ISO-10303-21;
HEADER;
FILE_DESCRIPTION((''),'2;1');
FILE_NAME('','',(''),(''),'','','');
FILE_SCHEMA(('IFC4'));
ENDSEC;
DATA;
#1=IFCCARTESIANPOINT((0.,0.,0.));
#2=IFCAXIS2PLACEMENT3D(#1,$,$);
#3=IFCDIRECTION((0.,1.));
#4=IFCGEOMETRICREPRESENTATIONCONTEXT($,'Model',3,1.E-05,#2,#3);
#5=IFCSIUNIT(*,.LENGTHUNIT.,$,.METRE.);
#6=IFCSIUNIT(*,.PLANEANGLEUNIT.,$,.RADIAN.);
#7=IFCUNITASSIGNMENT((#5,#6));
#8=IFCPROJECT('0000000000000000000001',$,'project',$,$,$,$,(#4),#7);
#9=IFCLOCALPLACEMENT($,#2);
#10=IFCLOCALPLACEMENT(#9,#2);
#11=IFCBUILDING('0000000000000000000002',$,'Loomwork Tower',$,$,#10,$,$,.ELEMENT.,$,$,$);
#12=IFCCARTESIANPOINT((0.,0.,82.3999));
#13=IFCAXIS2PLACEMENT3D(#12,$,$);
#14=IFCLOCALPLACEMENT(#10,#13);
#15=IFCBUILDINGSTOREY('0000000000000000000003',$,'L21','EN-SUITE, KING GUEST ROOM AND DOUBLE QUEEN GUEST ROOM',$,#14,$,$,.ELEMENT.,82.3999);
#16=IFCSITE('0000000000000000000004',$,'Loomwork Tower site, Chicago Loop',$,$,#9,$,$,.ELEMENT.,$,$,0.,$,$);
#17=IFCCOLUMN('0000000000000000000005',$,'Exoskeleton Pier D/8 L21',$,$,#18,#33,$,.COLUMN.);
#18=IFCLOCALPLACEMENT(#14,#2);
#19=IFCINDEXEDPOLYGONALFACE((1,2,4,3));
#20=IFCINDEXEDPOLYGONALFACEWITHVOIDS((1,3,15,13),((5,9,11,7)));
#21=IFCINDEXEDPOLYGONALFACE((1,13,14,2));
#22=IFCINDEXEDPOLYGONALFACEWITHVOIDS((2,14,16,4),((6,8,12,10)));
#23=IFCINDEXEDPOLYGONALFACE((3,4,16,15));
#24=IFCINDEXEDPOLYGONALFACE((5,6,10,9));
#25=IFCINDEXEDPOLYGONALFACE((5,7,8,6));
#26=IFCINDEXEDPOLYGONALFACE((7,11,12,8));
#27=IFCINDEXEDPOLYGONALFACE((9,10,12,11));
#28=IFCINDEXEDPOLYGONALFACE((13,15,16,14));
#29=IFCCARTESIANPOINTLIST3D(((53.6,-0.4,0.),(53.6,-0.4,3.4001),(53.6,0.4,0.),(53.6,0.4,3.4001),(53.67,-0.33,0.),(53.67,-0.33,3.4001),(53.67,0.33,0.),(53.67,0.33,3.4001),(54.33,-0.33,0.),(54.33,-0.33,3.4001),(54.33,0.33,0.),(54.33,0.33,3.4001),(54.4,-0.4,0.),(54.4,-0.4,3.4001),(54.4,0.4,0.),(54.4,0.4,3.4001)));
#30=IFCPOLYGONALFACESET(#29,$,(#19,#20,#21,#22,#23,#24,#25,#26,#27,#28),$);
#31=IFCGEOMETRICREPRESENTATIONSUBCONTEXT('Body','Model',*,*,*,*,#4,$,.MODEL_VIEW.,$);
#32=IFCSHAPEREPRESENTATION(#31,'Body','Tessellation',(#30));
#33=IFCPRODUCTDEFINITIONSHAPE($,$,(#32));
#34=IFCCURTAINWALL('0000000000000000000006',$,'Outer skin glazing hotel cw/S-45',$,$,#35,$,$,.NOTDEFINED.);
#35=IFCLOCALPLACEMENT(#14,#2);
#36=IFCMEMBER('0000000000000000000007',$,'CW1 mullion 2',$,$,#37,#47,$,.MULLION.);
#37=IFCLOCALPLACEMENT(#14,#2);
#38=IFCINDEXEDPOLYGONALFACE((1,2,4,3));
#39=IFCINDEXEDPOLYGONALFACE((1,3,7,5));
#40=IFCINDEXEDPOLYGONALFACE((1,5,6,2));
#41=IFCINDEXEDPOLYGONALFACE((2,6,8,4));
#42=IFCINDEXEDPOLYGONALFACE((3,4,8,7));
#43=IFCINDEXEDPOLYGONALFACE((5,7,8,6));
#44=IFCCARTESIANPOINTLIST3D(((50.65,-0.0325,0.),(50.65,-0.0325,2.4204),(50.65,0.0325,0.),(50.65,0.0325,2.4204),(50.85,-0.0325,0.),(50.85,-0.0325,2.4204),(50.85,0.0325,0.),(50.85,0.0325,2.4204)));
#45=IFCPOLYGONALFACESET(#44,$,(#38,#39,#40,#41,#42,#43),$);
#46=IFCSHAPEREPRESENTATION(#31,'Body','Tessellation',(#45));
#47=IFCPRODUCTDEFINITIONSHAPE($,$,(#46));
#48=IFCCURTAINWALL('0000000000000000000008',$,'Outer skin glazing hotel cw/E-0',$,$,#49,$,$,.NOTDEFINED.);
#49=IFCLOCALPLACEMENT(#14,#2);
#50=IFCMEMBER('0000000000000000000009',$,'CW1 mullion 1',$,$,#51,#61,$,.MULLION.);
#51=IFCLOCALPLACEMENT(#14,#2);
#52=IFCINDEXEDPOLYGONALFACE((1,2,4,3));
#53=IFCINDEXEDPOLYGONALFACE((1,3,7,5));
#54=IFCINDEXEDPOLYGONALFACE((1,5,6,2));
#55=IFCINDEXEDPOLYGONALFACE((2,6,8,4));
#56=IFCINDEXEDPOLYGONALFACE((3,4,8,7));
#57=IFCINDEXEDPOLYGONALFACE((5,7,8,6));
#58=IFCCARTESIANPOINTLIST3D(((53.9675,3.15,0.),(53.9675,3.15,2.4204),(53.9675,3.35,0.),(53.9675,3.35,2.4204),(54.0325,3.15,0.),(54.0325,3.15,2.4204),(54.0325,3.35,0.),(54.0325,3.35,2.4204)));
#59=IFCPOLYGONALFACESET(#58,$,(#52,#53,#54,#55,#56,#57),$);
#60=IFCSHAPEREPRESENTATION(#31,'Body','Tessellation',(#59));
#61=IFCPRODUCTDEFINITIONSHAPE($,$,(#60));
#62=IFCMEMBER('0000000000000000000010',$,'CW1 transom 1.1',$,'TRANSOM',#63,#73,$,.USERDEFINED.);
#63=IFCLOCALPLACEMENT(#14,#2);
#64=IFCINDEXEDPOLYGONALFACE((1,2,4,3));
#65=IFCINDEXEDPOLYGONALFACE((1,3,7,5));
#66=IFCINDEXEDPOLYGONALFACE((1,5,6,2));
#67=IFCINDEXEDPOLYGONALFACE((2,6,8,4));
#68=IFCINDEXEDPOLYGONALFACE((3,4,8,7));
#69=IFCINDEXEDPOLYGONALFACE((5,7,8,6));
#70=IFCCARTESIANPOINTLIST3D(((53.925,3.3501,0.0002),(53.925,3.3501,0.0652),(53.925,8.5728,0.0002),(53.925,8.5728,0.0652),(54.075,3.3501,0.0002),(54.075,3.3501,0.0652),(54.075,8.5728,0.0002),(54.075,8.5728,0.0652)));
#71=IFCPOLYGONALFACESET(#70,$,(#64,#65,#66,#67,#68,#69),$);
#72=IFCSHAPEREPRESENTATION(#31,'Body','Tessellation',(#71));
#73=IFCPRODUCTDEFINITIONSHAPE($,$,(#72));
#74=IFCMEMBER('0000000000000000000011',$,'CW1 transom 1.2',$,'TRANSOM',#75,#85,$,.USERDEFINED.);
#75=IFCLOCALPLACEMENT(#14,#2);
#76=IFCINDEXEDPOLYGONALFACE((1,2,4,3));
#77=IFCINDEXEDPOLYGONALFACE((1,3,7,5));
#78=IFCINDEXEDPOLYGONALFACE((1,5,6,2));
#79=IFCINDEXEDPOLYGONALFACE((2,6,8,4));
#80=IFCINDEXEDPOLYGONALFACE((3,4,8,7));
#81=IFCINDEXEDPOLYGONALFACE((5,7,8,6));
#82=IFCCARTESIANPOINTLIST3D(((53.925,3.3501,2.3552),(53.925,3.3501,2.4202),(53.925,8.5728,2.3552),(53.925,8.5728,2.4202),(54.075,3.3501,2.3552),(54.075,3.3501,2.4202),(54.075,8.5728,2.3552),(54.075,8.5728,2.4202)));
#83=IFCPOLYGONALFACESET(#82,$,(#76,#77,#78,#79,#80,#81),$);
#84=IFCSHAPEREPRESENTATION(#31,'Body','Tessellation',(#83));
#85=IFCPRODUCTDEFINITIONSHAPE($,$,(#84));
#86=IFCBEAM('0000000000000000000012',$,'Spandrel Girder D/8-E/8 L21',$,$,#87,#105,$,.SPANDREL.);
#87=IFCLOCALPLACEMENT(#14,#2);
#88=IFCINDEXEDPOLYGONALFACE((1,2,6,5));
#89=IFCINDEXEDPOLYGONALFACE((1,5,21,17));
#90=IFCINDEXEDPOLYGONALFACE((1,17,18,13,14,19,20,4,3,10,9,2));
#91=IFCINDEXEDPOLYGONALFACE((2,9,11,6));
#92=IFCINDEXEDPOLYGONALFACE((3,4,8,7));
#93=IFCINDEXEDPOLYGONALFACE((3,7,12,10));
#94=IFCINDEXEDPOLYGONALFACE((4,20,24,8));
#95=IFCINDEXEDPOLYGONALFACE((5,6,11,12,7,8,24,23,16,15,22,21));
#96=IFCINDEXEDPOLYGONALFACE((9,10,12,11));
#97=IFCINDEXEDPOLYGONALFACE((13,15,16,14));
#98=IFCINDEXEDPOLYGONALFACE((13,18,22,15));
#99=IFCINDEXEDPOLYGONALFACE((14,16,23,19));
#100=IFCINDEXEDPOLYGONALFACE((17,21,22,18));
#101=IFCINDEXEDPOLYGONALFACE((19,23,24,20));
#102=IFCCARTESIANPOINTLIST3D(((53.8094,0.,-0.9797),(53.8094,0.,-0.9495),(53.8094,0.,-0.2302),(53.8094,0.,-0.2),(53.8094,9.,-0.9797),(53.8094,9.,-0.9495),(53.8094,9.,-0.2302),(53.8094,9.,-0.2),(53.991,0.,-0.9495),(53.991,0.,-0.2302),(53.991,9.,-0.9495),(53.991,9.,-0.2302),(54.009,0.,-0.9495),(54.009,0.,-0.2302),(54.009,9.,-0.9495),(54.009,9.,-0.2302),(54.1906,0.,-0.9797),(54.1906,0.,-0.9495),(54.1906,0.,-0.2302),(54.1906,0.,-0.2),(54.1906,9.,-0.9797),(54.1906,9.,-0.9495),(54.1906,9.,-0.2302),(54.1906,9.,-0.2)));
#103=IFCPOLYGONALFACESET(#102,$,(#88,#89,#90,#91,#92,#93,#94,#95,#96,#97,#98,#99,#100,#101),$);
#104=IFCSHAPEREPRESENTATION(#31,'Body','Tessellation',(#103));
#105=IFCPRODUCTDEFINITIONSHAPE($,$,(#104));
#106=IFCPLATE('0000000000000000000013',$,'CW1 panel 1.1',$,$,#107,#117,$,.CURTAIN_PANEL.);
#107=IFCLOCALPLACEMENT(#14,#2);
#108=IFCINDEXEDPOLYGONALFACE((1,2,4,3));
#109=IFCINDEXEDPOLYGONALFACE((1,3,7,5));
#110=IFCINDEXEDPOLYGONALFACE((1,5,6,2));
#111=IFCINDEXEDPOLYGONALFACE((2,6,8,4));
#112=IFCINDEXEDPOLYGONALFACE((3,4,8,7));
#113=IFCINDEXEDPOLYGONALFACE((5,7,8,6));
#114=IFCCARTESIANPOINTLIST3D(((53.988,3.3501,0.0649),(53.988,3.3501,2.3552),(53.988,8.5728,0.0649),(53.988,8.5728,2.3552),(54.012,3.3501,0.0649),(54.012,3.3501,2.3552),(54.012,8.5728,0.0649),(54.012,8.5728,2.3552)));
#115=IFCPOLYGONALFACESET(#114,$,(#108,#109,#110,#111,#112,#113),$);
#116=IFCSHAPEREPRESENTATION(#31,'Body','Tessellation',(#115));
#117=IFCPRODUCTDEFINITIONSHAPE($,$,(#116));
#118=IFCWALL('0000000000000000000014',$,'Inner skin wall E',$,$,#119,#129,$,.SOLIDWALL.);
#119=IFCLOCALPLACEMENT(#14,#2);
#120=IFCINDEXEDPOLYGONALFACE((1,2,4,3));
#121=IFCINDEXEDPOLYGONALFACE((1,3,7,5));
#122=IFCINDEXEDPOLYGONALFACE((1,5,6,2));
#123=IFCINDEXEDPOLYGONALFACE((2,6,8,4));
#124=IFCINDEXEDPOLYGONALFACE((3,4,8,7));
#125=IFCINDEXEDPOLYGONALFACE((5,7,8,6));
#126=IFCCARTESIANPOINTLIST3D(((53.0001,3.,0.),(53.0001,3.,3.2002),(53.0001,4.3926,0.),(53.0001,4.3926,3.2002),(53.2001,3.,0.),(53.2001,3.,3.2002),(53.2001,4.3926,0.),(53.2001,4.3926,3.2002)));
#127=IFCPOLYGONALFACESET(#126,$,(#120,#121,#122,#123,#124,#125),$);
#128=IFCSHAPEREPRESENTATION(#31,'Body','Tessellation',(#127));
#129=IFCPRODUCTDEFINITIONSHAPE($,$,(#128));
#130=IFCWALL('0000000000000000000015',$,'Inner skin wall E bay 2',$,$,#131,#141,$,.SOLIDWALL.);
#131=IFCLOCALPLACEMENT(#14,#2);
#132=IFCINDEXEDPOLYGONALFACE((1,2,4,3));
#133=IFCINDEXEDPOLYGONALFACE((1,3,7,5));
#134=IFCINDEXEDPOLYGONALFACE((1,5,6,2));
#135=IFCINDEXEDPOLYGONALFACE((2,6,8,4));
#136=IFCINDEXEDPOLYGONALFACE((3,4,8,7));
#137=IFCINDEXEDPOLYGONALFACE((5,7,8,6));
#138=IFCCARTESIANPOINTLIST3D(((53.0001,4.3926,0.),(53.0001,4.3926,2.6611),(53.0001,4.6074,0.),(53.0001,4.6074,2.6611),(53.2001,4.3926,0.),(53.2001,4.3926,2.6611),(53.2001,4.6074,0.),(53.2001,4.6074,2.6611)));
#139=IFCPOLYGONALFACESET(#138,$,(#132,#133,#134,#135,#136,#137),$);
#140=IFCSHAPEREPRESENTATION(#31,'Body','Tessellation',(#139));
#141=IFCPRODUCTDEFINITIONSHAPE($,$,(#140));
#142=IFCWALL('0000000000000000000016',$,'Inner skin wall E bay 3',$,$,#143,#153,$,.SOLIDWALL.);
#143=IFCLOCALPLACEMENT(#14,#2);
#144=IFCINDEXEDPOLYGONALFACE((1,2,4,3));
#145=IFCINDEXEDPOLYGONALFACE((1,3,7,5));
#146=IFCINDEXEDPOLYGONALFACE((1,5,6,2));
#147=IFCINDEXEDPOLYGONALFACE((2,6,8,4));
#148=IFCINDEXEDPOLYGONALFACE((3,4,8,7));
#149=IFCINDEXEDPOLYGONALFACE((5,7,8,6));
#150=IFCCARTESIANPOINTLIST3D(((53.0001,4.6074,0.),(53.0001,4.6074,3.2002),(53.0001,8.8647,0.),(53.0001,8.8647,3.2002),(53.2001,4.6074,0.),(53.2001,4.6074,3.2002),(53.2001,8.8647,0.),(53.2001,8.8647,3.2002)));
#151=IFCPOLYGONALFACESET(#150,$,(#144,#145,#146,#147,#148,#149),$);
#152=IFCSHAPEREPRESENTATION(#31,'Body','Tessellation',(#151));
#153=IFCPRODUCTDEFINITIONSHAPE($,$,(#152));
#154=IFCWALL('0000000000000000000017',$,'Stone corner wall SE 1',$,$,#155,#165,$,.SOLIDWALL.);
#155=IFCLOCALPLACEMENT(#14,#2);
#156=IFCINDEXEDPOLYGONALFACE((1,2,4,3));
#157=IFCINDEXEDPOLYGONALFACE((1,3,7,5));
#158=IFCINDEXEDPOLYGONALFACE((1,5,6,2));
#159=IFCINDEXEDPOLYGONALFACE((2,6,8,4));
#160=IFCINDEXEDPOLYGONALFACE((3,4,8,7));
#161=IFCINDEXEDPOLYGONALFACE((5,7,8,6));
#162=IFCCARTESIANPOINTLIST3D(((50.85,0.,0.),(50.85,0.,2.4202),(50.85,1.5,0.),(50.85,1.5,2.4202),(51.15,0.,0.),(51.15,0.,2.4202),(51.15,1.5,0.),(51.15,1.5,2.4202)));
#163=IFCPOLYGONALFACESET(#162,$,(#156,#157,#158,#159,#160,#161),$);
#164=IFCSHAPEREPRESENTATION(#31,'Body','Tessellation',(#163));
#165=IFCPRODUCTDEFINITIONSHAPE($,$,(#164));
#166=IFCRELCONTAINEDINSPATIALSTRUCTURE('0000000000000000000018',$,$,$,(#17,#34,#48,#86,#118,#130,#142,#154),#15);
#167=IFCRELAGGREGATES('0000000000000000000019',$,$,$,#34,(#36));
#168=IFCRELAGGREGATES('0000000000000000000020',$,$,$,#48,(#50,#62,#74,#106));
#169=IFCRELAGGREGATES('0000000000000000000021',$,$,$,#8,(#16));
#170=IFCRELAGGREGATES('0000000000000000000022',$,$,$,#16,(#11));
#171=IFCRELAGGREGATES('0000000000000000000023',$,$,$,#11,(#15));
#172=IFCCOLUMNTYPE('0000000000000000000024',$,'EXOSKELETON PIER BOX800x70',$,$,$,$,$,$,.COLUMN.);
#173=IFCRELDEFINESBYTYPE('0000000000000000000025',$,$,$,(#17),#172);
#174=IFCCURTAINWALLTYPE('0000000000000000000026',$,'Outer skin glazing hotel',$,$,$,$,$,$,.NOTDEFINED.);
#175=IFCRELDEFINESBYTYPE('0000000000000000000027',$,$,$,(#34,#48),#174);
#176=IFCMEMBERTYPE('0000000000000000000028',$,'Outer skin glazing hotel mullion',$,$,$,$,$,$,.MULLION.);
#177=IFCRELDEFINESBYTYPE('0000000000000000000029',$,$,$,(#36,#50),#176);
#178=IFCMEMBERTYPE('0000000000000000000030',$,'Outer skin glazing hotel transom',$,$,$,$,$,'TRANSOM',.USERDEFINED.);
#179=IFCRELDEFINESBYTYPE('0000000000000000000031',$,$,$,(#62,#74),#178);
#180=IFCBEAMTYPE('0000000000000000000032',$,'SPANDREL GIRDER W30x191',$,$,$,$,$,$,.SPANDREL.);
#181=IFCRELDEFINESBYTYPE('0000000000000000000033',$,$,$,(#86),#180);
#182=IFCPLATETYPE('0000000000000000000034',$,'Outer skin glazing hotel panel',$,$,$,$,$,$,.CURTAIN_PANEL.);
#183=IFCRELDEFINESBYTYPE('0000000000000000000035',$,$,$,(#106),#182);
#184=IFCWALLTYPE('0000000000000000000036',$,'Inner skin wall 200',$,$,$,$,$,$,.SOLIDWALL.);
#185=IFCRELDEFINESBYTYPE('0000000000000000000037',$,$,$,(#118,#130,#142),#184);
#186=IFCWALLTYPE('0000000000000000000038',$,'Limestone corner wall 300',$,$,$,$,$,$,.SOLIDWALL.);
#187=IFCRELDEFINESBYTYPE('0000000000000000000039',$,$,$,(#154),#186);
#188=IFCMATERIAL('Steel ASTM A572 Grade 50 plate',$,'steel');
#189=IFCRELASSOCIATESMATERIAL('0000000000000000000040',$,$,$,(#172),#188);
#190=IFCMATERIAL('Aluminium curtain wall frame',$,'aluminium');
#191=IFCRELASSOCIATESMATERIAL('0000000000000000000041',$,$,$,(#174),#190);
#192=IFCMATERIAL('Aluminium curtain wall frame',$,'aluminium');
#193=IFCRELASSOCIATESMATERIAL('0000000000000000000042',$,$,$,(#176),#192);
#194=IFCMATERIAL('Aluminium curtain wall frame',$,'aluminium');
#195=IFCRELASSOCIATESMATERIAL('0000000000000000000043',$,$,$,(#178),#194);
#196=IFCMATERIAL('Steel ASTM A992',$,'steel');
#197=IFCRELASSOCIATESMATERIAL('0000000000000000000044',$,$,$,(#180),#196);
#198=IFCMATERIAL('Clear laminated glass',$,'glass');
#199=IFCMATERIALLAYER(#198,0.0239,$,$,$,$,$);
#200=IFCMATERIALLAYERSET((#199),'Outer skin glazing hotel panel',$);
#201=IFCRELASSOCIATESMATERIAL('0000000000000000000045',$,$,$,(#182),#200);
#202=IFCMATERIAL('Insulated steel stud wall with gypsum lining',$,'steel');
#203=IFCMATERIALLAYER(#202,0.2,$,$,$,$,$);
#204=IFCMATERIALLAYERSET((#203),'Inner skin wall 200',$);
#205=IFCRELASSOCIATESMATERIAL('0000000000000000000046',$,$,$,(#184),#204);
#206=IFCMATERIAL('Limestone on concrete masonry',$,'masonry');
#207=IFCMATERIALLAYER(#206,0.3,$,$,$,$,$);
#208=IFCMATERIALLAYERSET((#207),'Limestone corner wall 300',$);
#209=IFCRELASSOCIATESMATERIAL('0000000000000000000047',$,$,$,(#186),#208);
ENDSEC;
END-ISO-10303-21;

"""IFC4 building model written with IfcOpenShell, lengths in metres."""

from ifc_helpers import new_model, si_unit, direction, frame, frame_2d, origin, origin_2d, place, context, subcontext, project, spatial, rectangle, hollow_rectangle, i_section, extrude, material, layer, layer_set, material_profile, profile_set, type_object, element, aggregate, save


model = new_model("IFC4")

# Units and contexts
model_context = context("Model", 3, precision=1e-05, world=origin(), true_north=direction((0.0, 1.0)))
body_context = subcontext(model_context, "Body", "Model", "MODEL_VIEW")
ifc_project = project(units=[si_unit("LENGTHUNIT", "METRE"), si_unit("PLANEANGLEUNIT", "RADIAN")], contexts=[model_context])

# Site, building, storey
site_placement = place(None, origin())
site = spatial("IfcSite", under=ifc_project, at=site_placement, Name="Loomwork Tower site, Chicago Loop", CompositionType="ELEMENT", RefElevation=0.0)
building_placement = place(site_placement, origin())
building = spatial("IfcBuilding", under=site, at=building_placement, Name="Loomwork Tower", CompositionType="ELEMENT")
storey_placement = place(building_placement, frame((0.0, 0.0, 82.3999)))
storey = spatial("IfcBuildingStorey", under=building, at=storey_placement, Name="L21", Description="EN-SUITE, KING GUEST ROOM AND DOUBLE QUEEN GUEST ROOM", CompositionType="ELEMENT", Elevation=82.3999)

# Column
ifc_material_1 = material(Name="Steel ASTM A572 Grade 50 plate", Category="steel")
ifc_material_profile_1 = material_profile(ifc_material_1, hollow_rectangle(XDim=0.8, YDim=0.8, WallThickness=0.0701, at=origin_2d()), Name="BOX800x70")
ifc_profile_set_1 = profile_set([ifc_material_profile_1], Name="Steel ASTM A572 Grade 50 plate")
column_type = type_object("IfcColumnType", Name="EXOSKELETON PIER BOX800x70", PredefinedType="COLUMN", material=ifc_profile_set_1)
column_placement = place(storey_placement, frame((54.0, 0.0, 0.0), z_axis=(0.0, 0.0, 1.0), x_axis=(1.0, 0.0, 0.0)))
element("IfcColumn", 1, at=column_placement, inside=storey, type_object=column_type, Name="Exoskeleton Pier D/8 L21", PredefinedType="COLUMN", context=body_context, shape_type="SweptSolid", body=[
    extrude(hollow_rectangle(XDim=0.8, YDim=0.8, WallThickness=0.0701, at=origin_2d()), origin(), (0.0, 0.0, 1.0), 3.4001),
])

# Curtain wall, member
ifc_material_2 = material(Name="Aluminium curtain wall frame", Category="aluminium")
curtain_wall_type = type_object("IfcCurtainWallType", Name="Outer skin glazing hotel", PredefinedType="NOTDEFINED", material=ifc_material_2)
curtain_wall_1_placement = place(storey_placement, origin())
curtain_wall_1 = element("IfcCurtainWall", 2, at=curtain_wall_1_placement, inside=storey, type_object=curtain_wall_type, Name="Outer skin glazing hotel cw/S-45", PredefinedType="NOTDEFINED")
ifc_material_3 = material(Name="Aluminium curtain wall frame", Category="aluminium")
ifc_material_profile_2 = material_profile(ifc_material_3, rectangle(XDim=0.0649, YDim=0.2, at=origin_2d()), Name="AL 65x200")
ifc_profile_set_2 = profile_set([ifc_material_profile_2], Name="Aluminium curtain wall frame")
member_type_1 = type_object("IfcMemberType", Name="Outer skin glazing hotel mullion", PredefinedType="MULLION", material=ifc_profile_set_2)
member_1_placement = place(storey_placement, frame((50.75, 0.0, 0.0), z_axis=(0.0, 0.0, 1.0), x_axis=(0.0, 1.0, 0.0)))
member_1 = element("IfcMember", 3, at=member_1_placement, type_object=member_type_1, Name="CW1 mullion 2", PredefinedType="MULLION", context=body_context, shape_type="SweptSolid", body=[
    extrude(rectangle(XDim=0.0649, YDim=0.2, at=origin_2d()), origin(), (0.0, 0.0, 1.0), 2.4204),
])
aggregate(curtain_wall_1, [member_1])

# Curtain wall, members
curtain_wall_2_placement = place(storey_placement, origin())
curtain_wall_2 = element("IfcCurtainWall", 4, at=curtain_wall_2_placement, inside=storey, type_object=curtain_wall_type, Name="Outer skin glazing hotel cw/E-0", PredefinedType="NOTDEFINED")
member_2_placement = place(storey_placement, frame((54.0, 3.25, 0.0), z_axis=(0.0, 0.0, 1.0), x_axis=(-1.0, 0.0, 0.0)))
member_2 = element("IfcMember", 5, at=member_2_placement, type_object=member_type_1, Name="CW1 mullion 1", PredefinedType="MULLION", context=body_context, shape_type="SweptSolid", body=[
    extrude(rectangle(XDim=0.0649, YDim=0.2, at=origin_2d()), origin(), (0.0, 0.0, 1.0), 2.4204),
])
ifc_material_4 = material(Name="Aluminium curtain wall frame", Category="aluminium")
ifc_material_profile_3 = material_profile(ifc_material_4, rectangle(XDim=0.1499, YDim=0.0649, at=origin_2d()), Name="AL 65x150")
ifc_profile_set_3 = profile_set([ifc_material_profile_3], Name="Aluminium curtain wall frame")
member_type_2 = type_object("IfcMemberType", Name="Outer skin glazing hotel transom", ElementType="TRANSOM", PredefinedType="USERDEFINED", material=ifc_profile_set_3)
member_3_placement = place(storey_placement, frame((54.0, 3.3501, 0.0327), z_axis=(0.0, 1.0, 0.0), x_axis=(-1.0, 0.0, 0.0)))
member_3 = element("IfcMember", 6, at=member_3_placement, type_object=member_type_2, Name="CW1 transom 1.1", ObjectType="TRANSOM", PredefinedType="USERDEFINED", context=body_context, shape_type="SweptSolid", body=[
    extrude(rectangle(XDim=0.1499, YDim=0.0649, at=origin_2d()), origin(), (0.0, 0.0, 1.0), 5.2227),
])
member_4_placement = place(storey_placement, frame((54.0, 3.3501, 2.3877), z_axis=(0.0, 1.0, 0.0), x_axis=(-1.0, 0.0, 0.0)))
member_4 = element("IfcMember", 7, at=member_4_placement, type_object=member_type_2, Name="CW1 transom 1.2", ObjectType="TRANSOM", PredefinedType="USERDEFINED", context=body_context, shape_type="SweptSolid", body=[
    extrude(rectangle(XDim=0.1499, YDim=0.0649, at=origin_2d()), origin(), (0.0, 0.0, 1.0), 5.2227),
])

# Beam
ifc_material_5 = material(Name="Steel ASTM A992", Category="steel")
ifc_material_profile_4 = material_profile(ifc_material_5, i_section(OverallWidth=0.3811, OverallDepth=0.7798, WebThickness=0.0181, FlangeThickness=0.0303, at=origin_2d()), Name="W30x191")
ifc_profile_set_4 = profile_set([ifc_material_profile_4], Name="Steel ASTM A992")
beam_type = type_object("IfcBeamType", Name="SPANDREL GIRDER W30x191", PredefinedType="SPANDREL", material=ifc_profile_set_4)
beam_placement = place(storey_placement, frame((54.0, 0.0, -0.5898), z_axis=(0.0, 1.0, 0.0), x_axis=(-1.0, 0.0, 0.0)))
element("IfcBeam", 8, at=beam_placement, inside=storey, type_object=beam_type, Name="Spandrel Girder D/8-E/8 L21", PredefinedType="SPANDREL", context=body_context, shape_type="SweptSolid", body=[
    extrude(i_section(OverallWidth=0.3811, OverallDepth=0.7798, WebThickness=0.0181, FlangeThickness=0.0303, at=origin_2d()), origin(), (0.0, 0.0, 1.0), 9.0),
])

# Plate
ifc_material_6 = material(Name="Clear laminated glass", Category="glass")
ifc_layer_1 = layer(ifc_material_6, 0.0239)
ifc_layer_set_1 = layer_set([ifc_layer_1], Name="Outer skin glazing hotel panel")
plate_type = type_object("IfcPlateType", Name="Outer skin glazing hotel panel", PredefinedType="CURTAIN_PANEL", material=ifc_layer_set_1)
plate_placement = place(storey_placement, frame((54.0, 5.9614, 0.0649), z_axis=(0.0, 0.0, 1.0), x_axis=(0.0, 1.0, 0.0)))
plate = element("IfcPlate", 9, at=plate_placement, type_object=plate_type, Name="CW1 panel 1.1", PredefinedType="CURTAIN_PANEL", context=body_context, shape_type="SweptSolid", body=[
    extrude(rectangle(XDim=5.2227, YDim=0.0239, at=origin_2d()), origin(), (0.0, 0.0, 1.0), 2.2903),
])
aggregate(curtain_wall_2, [member_2, member_3, member_4, plate])

# Walls
ifc_material_7 = material(Name="Insulated steel stud wall with gypsum lining", Category="steel")
ifc_layer_2 = layer(ifc_material_7, 0.2)
ifc_layer_set_2 = layer_set([ifc_layer_2], Name="Inner skin wall 200")
wall_type_1 = type_object("IfcWallType", Name="Inner skin wall 200", PredefinedType="SOLIDWALL", material=ifc_layer_set_2)
wall_1_placement = place(storey_placement, frame((53.1001, 3.0, 0.0), z_axis=(0.0, 0.0, 1.0), x_axis=(0.0, 1.0, 0.0)))
element("IfcWall", 10, at=wall_1_placement, inside=storey, type_object=wall_type_1, Name="Inner skin wall E", PredefinedType="SOLIDWALL", context=body_context, shape_type="SweptSolid", body=[
    extrude(rectangle(XDim=1.3926, YDim=0.2, at=frame_2d((0.6963, 0.0))), origin(), (0.0, 0.0, 1.0), 3.2002),
])
wall_2_placement = place(storey_placement, frame((53.1001, 4.3926, 0.0), z_axis=(0.0, 0.0, 1.0), x_axis=(0.0, 1.0, 0.0)))
element("IfcWall", 11, at=wall_2_placement, inside=storey, type_object=wall_type_1, Name="Inner skin wall E bay 2", PredefinedType="SOLIDWALL", context=body_context, shape_type="SweptSolid", body=[
    extrude(rectangle(XDim=0.2148, YDim=0.2, at=frame_2d((0.1074, 0.0))), origin(), (0.0, 0.0, 1.0), 2.6611),
])
wall_3_placement = place(storey_placement, frame((53.1001, 4.6074, 0.0), z_axis=(0.0, 0.0, 1.0), x_axis=(0.0, 1.0, 0.0)))
element("IfcWall", 12, at=wall_3_placement, inside=storey, type_object=wall_type_1, Name="Inner skin wall E bay 3", PredefinedType="SOLIDWALL", context=body_context, shape_type="SweptSolid", body=[
    extrude(rectangle(XDim=4.2573, YDim=0.2, at=frame_2d((2.1287, 0.0))), origin(), (0.0, 0.0, 1.0), 3.2002),
])
ifc_material_8 = material(Name="Limestone on concrete masonry", Category="masonry")
ifc_layer_3 = layer(ifc_material_8, 0.3)
ifc_layer_set_3 = layer_set([ifc_layer_3], Name="Limestone corner wall 300")
wall_type_2 = type_object("IfcWallType", Name="Limestone corner wall 300", PredefinedType="SOLIDWALL", material=ifc_layer_set_3)
wall_4_placement = place(storey_placement, frame((51.0, 0.0, 0.0), z_axis=(0.0, 0.0, 1.0), x_axis=(0.0, 1.0, 0.0)))
element("IfcWall", 13, at=wall_4_placement, inside=storey, type_object=wall_type_2, Name="Stone corner wall SE 1", PredefinedType="SOLIDWALL", context=body_context, shape_type="SweptSolid", body=[
    extrude(rectangle(XDim=1.5, YDim=0.3, at=frame_2d((0.75, 0.0))), origin(), (0.0, 0.0, 1.0), 2.4202),
])

save(model, "model.ifc")
